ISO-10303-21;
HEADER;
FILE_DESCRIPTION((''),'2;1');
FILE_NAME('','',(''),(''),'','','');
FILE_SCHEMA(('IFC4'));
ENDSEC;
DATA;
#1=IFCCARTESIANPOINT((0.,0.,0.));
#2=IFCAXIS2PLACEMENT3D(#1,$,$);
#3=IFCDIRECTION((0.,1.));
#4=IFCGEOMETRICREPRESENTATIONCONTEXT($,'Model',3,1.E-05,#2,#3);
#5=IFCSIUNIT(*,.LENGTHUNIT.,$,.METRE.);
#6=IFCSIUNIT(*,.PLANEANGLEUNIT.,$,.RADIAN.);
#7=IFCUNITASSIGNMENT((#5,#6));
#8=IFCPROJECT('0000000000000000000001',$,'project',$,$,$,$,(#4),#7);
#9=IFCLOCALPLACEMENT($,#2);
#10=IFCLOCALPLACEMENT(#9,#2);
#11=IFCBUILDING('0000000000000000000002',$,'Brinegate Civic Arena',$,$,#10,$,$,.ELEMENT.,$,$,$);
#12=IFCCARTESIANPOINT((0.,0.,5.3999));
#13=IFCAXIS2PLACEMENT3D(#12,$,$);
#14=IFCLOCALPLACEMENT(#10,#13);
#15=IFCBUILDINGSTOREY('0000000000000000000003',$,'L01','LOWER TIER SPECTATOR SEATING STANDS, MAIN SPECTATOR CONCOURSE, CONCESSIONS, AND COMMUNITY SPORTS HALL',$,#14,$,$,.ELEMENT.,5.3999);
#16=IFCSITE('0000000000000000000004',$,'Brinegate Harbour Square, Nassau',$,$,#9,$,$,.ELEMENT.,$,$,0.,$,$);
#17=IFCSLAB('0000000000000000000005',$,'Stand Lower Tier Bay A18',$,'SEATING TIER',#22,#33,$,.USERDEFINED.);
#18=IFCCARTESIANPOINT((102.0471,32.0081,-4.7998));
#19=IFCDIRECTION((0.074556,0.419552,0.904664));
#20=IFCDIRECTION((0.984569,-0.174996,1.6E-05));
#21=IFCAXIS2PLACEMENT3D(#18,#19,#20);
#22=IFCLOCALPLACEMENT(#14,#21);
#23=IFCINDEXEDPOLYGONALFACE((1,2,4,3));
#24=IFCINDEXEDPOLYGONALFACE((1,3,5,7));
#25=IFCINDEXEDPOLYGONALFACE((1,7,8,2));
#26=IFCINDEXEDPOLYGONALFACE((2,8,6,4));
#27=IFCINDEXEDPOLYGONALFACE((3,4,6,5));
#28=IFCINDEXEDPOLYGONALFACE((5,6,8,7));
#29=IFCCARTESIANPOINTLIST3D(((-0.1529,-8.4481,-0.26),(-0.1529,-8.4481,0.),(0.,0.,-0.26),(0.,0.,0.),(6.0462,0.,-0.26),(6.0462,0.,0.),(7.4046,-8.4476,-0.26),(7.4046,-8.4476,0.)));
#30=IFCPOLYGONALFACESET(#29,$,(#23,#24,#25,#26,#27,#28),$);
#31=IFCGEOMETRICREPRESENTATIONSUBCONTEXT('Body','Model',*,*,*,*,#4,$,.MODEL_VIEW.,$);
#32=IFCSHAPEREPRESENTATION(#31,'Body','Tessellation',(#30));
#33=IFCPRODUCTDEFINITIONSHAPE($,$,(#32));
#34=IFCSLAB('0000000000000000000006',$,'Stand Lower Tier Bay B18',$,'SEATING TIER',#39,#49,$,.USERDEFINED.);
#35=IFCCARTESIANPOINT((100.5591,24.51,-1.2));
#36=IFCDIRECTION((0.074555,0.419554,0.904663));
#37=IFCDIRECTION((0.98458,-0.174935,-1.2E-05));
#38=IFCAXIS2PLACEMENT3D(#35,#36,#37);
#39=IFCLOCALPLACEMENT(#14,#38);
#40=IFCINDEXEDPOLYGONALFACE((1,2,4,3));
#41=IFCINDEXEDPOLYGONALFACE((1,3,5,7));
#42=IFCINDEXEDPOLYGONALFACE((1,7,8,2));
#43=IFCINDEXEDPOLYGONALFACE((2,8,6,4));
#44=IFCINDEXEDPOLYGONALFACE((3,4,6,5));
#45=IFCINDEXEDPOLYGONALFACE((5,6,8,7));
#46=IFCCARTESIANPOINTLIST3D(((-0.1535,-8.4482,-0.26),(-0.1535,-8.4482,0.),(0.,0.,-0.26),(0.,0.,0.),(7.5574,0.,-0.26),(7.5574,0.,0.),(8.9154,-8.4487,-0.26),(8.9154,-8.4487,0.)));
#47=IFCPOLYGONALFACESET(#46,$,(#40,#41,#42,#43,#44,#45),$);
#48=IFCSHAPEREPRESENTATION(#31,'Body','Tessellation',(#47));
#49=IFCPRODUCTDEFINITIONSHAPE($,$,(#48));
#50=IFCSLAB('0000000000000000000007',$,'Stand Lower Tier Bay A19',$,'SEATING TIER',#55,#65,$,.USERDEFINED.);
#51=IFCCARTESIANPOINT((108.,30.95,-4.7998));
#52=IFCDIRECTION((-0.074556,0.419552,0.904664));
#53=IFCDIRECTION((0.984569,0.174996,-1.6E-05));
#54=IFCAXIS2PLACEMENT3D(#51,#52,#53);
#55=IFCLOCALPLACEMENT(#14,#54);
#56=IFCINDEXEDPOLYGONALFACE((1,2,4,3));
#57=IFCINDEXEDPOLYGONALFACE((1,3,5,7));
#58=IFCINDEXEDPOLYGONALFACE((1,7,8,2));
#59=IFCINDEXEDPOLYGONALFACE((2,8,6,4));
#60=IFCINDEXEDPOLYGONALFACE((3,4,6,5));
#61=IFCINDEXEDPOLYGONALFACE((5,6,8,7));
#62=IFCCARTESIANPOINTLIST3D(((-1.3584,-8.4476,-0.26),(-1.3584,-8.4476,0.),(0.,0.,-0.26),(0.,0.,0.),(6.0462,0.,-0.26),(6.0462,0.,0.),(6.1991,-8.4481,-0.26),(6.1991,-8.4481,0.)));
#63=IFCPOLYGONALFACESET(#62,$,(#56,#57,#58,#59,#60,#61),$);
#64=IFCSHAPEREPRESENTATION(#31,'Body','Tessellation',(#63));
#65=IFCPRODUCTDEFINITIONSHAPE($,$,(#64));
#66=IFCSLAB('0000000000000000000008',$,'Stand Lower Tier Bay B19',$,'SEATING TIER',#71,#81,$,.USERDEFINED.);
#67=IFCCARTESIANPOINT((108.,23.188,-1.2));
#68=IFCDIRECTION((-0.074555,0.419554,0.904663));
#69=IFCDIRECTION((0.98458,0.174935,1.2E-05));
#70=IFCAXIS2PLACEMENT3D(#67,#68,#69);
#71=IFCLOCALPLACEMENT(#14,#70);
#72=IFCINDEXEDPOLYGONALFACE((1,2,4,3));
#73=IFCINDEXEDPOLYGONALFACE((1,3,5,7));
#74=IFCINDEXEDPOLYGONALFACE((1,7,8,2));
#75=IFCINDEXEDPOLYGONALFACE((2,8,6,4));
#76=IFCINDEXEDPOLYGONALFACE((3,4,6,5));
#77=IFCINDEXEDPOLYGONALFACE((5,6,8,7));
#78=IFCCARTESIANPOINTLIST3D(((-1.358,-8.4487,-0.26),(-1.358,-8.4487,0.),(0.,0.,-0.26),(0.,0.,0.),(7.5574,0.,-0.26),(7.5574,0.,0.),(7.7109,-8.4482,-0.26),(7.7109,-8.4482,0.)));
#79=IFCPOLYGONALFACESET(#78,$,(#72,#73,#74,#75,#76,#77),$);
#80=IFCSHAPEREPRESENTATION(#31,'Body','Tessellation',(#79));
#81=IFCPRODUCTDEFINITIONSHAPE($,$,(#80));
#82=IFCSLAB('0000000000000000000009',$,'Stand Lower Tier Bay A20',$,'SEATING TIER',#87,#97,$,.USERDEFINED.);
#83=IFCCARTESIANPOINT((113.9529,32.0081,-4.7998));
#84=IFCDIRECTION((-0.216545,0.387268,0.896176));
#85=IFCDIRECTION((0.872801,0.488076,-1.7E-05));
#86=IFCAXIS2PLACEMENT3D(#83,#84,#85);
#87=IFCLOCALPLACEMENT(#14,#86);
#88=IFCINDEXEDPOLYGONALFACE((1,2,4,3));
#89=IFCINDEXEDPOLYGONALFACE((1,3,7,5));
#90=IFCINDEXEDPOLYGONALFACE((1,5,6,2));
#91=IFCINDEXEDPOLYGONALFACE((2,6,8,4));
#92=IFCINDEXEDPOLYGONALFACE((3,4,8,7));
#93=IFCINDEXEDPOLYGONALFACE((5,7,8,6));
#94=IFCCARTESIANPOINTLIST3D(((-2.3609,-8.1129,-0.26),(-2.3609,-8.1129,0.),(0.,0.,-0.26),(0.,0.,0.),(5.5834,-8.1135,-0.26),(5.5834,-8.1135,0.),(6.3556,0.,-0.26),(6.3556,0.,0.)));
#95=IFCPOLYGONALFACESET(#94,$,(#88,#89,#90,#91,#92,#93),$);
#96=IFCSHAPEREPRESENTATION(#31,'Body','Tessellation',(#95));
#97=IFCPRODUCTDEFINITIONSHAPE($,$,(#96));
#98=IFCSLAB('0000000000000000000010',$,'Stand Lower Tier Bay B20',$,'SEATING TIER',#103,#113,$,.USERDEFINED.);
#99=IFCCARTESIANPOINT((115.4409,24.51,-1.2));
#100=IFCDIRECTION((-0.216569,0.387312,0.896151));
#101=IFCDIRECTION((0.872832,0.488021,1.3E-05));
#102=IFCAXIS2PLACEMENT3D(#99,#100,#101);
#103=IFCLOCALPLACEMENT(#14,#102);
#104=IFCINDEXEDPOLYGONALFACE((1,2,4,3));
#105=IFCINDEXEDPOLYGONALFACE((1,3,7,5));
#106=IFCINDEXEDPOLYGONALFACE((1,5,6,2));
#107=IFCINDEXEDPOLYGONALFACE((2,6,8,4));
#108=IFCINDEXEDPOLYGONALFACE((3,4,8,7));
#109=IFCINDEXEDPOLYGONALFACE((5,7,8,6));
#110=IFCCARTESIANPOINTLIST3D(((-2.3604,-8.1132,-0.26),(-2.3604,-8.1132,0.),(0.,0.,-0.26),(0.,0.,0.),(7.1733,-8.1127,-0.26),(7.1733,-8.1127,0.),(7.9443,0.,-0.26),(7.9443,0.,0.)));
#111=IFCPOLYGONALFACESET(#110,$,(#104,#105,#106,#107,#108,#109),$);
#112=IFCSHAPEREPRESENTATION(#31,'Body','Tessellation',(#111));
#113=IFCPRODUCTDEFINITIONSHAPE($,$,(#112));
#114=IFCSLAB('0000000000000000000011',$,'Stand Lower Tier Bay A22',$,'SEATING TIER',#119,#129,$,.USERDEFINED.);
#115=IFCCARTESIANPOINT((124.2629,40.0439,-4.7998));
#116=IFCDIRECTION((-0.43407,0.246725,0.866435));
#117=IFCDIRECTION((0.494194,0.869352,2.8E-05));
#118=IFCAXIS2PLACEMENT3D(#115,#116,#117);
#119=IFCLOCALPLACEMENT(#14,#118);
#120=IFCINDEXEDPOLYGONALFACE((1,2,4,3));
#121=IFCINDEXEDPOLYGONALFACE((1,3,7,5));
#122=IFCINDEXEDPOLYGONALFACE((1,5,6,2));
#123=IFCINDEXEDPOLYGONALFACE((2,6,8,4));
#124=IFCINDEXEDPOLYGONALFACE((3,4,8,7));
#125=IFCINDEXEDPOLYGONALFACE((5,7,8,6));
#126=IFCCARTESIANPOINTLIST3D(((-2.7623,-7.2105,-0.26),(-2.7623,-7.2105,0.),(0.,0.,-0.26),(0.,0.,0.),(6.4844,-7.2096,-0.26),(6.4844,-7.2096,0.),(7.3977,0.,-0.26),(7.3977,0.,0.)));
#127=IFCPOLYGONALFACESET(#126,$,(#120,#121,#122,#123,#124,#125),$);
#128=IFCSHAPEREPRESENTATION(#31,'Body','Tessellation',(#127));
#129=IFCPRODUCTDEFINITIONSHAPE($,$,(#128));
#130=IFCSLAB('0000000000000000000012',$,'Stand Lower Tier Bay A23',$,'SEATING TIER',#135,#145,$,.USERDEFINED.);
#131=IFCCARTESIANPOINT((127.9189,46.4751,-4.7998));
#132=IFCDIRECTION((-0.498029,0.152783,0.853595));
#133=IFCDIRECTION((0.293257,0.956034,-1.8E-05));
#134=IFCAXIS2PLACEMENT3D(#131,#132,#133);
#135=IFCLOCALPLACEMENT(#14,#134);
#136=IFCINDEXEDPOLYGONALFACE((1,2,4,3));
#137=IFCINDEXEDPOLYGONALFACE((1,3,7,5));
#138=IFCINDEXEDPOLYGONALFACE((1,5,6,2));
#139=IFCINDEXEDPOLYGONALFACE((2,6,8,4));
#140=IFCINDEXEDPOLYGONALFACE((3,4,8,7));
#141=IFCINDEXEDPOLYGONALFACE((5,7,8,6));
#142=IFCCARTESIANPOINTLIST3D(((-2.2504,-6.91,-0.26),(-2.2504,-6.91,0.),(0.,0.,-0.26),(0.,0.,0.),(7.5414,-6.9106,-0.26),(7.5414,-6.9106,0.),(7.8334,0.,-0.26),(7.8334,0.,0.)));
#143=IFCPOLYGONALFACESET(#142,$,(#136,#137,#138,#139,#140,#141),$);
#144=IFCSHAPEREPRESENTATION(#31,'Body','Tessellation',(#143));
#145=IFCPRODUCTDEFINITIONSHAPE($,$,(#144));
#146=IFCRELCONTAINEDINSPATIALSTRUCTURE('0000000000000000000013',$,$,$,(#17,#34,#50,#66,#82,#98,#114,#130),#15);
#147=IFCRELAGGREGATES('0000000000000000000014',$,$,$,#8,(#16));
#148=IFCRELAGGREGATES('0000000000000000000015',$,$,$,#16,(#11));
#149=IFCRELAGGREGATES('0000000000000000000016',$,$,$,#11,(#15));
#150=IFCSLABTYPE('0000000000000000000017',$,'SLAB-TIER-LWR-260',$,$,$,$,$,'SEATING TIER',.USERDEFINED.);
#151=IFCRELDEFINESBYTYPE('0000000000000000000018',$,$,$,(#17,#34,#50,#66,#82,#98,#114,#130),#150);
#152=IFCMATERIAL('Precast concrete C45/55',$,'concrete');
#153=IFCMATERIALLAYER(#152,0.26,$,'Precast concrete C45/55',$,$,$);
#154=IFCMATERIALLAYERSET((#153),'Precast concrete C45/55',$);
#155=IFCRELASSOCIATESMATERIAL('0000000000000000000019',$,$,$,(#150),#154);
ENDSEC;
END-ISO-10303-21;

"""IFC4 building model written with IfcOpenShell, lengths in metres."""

from ifc_helpers import new_model, si_unit, direction, frame, origin, place, context, subcontext, project, spatial, polyline, outline, extrude, material, layer, layer_set, type_object, element, save


model = new_model("IFC4")

# Units and contexts
model_context = context("Model", 3, precision=1e-05, world=origin(), true_north=direction((0.0, 1.0)))
body_context = subcontext(model_context, "Body", "Model", "MODEL_VIEW")
ifc_project = project(units=[si_unit("LENGTHUNIT", "METRE"), si_unit("PLANEANGLEUNIT", "RADIAN")], contexts=[model_context])

# Site, building, storey
site_placement = place(None, origin())
site = spatial("IfcSite", under=ifc_project, at=site_placement, Name="Brinegate Harbour Square, Nassau", CompositionType="ELEMENT", RefElevation=0.0)
building_placement = place(site_placement, origin())
building = spatial("IfcBuilding", under=site, at=building_placement, Name="Brinegate Civic Arena", CompositionType="ELEMENT")
storey_placement = place(building_placement, frame((0.0, 0.0, 5.3999)))
storey = spatial("IfcBuildingStorey", under=building, at=storey_placement, Name="L01", Description="LOWER TIER SPECTATOR SEATING STANDS, MAIN SPECTATOR CONCOURSE, CONCESSIONS, AND COMMUNITY SPORTS HALL", CompositionType="ELEMENT", Elevation=5.3999)

# Slabs
ifc_material_1 = material(Name="Precast concrete C45/55", Category="concrete")
ifc_layer = layer(ifc_material_1, 0.26, Name="Precast concrete C45/55")
ifc_layer_set = layer_set([ifc_layer], Name="Precast concrete C45/55")
slab_type = type_object("IfcSlabType", Name="SLAB-TIER-LWR-260", ElementType="SEATING TIER", PredefinedType="USERDEFINED", material=ifc_layer_set)
slab_1_placement = place(storey_placement, frame((102.0471, 32.0081, -4.7998), z_axis=(0.074556, 0.419552, 0.904664), x_axis=(0.984569, -0.174996, 0.000016)))
element("IfcSlab", 1, at=slab_1_placement, inside=storey, type_object=slab_type, Name="Stand Lower Tier Bay A18", ObjectType="SEATING TIER", PredefinedType="USERDEFINED", context=body_context, shape_type="SweptSolid", body=[
    extrude(outline(polyline([(0.0, 0.0), (6.0462, 0.0), (7.4046, -8.4476), (-0.1529, -8.4481), (0.0, 0.0)])), origin(), (0.0, 0.0, -1.0), 0.26),
])
slab_2_placement = place(storey_placement, frame((100.5591, 24.51, -1.2), z_axis=(0.074555, 0.419554, 0.904663), x_axis=(0.98458, -0.174935, -0.000012)))
element("IfcSlab", 2, at=slab_2_placement, inside=storey, type_object=slab_type, Name="Stand Lower Tier Bay B18", ObjectType="SEATING TIER", PredefinedType="USERDEFINED", context=body_context, shape_type="SweptSolid", body=[
    extrude(outline(polyline([(0.0, 0.0), (7.5574, 0.0), (8.9154, -8.4487), (-0.1535, -8.4482), (0.0, 0.0)])), origin(), (0.0, 0.0, -1.0), 0.26),
])
slab_3_placement = place(storey_placement, frame((108.0, 30.95, -4.7998), z_axis=(-0.074556, 0.419552, 0.904664), x_axis=(0.984569, 0.174996, -0.000016)))
element("IfcSlab", 3, at=slab_3_placement, inside=storey, type_object=slab_type, Name="Stand Lower Tier Bay A19", ObjectType="SEATING TIER", PredefinedType="USERDEFINED", context=body_context, shape_type="SweptSolid", body=[
    extrude(outline(polyline([(0.0, 0.0), (6.0462, 0.0), (6.1991, -8.4481), (-1.3584, -8.4476), (0.0, 0.0)])), origin(), (0.0, 0.0, -1.0), 0.26),
])
slab_4_placement = place(storey_placement, frame((108.0, 23.188, -1.2), z_axis=(-0.074555, 0.419554, 0.904663), x_axis=(0.98458, 0.174935, 0.000012)))
element("IfcSlab", 4, at=slab_4_placement, inside=storey, type_object=slab_type, Name="Stand Lower Tier Bay B19", ObjectType="SEATING TIER", PredefinedType="USERDEFINED", context=body_context, shape_type="SweptSolid", body=[
    extrude(outline(polyline([(0.0, 0.0), (7.5574, 0.0), (7.7109, -8.4482), (-1.358, -8.4487), (0.0, 0.0)])), origin(), (0.0, 0.0, -1.0), 0.26),
])
slab_5_placement = place(storey_placement, frame((113.9529, 32.0081, -4.7998), z_axis=(-0.216545, 0.387268, 0.896176), x_axis=(0.872801, 0.488076, -0.000017)))
element("IfcSlab", 5, at=slab_5_placement, inside=storey, type_object=slab_type, Name="Stand Lower Tier Bay A20", ObjectType="SEATING TIER", PredefinedType="USERDEFINED", context=body_context, shape_type="SweptSolid", body=[
    extrude(outline(polyline([(0.0, 0.0), (6.3556, 0.0), (5.5834, -8.1135), (-2.3609, -8.1129), (0.0, 0.0)])), origin(), (0.0, 0.0, -1.0), 0.26),
])
slab_6_placement = place(storey_placement, frame((115.4409, 24.51, -1.2), z_axis=(-0.216569, 0.387312, 0.896151), x_axis=(0.872832, 0.488021, 0.000013)))
element("IfcSlab", 6, at=slab_6_placement, inside=storey, type_object=slab_type, Name="Stand Lower Tier Bay B20", ObjectType="SEATING TIER", PredefinedType="USERDEFINED", context=body_context, shape_type="SweptSolid", body=[
    extrude(outline(polyline([(0.0, 0.0), (7.9443, 0.0), (7.1733, -8.1127), (-2.3604, -8.1132), (0.0, 0.0)])), origin(), (0.0, 0.0, -1.0), 0.26),
])
slab_7_placement = place(storey_placement, frame((124.2629, 40.0439, -4.7998), z_axis=(-0.43407, 0.246725, 0.866435), x_axis=(0.494194, 0.869352, 0.000028)))
element("IfcSlab", 7, at=slab_7_placement, inside=storey, type_object=slab_type, Name="Stand Lower Tier Bay A22", ObjectType="SEATING TIER", PredefinedType="USERDEFINED", context=body_context, shape_type="SweptSolid", body=[
    extrude(outline(polyline([(0.0, 0.0), (7.3977, 0.0), (6.4844, -7.2096), (-2.7623, -7.2105), (0.0, 0.0)])), origin(), (0.0, 0.0, -1.0), 0.26),
])
slab_8_placement = place(storey_placement, frame((127.9189, 46.4751, -4.7998), z_axis=(-0.498029, 0.152783, 0.853595), x_axis=(0.293257, 0.956034, -0.000018)))
element("IfcSlab", 8, at=slab_8_placement, inside=storey, type_object=slab_type, Name="Stand Lower Tier Bay A23", ObjectType="SEATING TIER", PredefinedType="USERDEFINED", context=body_context, shape_type="SweptSolid", body=[
    extrude(outline(polyline([(0.0, 0.0), (7.8334, 0.0), (7.5414, -6.9106), (-2.2504, -6.91), (0.0, 0.0)])), origin(), (0.0, 0.0, -1.0), 0.26),
])

save(model, "model.ifc")
